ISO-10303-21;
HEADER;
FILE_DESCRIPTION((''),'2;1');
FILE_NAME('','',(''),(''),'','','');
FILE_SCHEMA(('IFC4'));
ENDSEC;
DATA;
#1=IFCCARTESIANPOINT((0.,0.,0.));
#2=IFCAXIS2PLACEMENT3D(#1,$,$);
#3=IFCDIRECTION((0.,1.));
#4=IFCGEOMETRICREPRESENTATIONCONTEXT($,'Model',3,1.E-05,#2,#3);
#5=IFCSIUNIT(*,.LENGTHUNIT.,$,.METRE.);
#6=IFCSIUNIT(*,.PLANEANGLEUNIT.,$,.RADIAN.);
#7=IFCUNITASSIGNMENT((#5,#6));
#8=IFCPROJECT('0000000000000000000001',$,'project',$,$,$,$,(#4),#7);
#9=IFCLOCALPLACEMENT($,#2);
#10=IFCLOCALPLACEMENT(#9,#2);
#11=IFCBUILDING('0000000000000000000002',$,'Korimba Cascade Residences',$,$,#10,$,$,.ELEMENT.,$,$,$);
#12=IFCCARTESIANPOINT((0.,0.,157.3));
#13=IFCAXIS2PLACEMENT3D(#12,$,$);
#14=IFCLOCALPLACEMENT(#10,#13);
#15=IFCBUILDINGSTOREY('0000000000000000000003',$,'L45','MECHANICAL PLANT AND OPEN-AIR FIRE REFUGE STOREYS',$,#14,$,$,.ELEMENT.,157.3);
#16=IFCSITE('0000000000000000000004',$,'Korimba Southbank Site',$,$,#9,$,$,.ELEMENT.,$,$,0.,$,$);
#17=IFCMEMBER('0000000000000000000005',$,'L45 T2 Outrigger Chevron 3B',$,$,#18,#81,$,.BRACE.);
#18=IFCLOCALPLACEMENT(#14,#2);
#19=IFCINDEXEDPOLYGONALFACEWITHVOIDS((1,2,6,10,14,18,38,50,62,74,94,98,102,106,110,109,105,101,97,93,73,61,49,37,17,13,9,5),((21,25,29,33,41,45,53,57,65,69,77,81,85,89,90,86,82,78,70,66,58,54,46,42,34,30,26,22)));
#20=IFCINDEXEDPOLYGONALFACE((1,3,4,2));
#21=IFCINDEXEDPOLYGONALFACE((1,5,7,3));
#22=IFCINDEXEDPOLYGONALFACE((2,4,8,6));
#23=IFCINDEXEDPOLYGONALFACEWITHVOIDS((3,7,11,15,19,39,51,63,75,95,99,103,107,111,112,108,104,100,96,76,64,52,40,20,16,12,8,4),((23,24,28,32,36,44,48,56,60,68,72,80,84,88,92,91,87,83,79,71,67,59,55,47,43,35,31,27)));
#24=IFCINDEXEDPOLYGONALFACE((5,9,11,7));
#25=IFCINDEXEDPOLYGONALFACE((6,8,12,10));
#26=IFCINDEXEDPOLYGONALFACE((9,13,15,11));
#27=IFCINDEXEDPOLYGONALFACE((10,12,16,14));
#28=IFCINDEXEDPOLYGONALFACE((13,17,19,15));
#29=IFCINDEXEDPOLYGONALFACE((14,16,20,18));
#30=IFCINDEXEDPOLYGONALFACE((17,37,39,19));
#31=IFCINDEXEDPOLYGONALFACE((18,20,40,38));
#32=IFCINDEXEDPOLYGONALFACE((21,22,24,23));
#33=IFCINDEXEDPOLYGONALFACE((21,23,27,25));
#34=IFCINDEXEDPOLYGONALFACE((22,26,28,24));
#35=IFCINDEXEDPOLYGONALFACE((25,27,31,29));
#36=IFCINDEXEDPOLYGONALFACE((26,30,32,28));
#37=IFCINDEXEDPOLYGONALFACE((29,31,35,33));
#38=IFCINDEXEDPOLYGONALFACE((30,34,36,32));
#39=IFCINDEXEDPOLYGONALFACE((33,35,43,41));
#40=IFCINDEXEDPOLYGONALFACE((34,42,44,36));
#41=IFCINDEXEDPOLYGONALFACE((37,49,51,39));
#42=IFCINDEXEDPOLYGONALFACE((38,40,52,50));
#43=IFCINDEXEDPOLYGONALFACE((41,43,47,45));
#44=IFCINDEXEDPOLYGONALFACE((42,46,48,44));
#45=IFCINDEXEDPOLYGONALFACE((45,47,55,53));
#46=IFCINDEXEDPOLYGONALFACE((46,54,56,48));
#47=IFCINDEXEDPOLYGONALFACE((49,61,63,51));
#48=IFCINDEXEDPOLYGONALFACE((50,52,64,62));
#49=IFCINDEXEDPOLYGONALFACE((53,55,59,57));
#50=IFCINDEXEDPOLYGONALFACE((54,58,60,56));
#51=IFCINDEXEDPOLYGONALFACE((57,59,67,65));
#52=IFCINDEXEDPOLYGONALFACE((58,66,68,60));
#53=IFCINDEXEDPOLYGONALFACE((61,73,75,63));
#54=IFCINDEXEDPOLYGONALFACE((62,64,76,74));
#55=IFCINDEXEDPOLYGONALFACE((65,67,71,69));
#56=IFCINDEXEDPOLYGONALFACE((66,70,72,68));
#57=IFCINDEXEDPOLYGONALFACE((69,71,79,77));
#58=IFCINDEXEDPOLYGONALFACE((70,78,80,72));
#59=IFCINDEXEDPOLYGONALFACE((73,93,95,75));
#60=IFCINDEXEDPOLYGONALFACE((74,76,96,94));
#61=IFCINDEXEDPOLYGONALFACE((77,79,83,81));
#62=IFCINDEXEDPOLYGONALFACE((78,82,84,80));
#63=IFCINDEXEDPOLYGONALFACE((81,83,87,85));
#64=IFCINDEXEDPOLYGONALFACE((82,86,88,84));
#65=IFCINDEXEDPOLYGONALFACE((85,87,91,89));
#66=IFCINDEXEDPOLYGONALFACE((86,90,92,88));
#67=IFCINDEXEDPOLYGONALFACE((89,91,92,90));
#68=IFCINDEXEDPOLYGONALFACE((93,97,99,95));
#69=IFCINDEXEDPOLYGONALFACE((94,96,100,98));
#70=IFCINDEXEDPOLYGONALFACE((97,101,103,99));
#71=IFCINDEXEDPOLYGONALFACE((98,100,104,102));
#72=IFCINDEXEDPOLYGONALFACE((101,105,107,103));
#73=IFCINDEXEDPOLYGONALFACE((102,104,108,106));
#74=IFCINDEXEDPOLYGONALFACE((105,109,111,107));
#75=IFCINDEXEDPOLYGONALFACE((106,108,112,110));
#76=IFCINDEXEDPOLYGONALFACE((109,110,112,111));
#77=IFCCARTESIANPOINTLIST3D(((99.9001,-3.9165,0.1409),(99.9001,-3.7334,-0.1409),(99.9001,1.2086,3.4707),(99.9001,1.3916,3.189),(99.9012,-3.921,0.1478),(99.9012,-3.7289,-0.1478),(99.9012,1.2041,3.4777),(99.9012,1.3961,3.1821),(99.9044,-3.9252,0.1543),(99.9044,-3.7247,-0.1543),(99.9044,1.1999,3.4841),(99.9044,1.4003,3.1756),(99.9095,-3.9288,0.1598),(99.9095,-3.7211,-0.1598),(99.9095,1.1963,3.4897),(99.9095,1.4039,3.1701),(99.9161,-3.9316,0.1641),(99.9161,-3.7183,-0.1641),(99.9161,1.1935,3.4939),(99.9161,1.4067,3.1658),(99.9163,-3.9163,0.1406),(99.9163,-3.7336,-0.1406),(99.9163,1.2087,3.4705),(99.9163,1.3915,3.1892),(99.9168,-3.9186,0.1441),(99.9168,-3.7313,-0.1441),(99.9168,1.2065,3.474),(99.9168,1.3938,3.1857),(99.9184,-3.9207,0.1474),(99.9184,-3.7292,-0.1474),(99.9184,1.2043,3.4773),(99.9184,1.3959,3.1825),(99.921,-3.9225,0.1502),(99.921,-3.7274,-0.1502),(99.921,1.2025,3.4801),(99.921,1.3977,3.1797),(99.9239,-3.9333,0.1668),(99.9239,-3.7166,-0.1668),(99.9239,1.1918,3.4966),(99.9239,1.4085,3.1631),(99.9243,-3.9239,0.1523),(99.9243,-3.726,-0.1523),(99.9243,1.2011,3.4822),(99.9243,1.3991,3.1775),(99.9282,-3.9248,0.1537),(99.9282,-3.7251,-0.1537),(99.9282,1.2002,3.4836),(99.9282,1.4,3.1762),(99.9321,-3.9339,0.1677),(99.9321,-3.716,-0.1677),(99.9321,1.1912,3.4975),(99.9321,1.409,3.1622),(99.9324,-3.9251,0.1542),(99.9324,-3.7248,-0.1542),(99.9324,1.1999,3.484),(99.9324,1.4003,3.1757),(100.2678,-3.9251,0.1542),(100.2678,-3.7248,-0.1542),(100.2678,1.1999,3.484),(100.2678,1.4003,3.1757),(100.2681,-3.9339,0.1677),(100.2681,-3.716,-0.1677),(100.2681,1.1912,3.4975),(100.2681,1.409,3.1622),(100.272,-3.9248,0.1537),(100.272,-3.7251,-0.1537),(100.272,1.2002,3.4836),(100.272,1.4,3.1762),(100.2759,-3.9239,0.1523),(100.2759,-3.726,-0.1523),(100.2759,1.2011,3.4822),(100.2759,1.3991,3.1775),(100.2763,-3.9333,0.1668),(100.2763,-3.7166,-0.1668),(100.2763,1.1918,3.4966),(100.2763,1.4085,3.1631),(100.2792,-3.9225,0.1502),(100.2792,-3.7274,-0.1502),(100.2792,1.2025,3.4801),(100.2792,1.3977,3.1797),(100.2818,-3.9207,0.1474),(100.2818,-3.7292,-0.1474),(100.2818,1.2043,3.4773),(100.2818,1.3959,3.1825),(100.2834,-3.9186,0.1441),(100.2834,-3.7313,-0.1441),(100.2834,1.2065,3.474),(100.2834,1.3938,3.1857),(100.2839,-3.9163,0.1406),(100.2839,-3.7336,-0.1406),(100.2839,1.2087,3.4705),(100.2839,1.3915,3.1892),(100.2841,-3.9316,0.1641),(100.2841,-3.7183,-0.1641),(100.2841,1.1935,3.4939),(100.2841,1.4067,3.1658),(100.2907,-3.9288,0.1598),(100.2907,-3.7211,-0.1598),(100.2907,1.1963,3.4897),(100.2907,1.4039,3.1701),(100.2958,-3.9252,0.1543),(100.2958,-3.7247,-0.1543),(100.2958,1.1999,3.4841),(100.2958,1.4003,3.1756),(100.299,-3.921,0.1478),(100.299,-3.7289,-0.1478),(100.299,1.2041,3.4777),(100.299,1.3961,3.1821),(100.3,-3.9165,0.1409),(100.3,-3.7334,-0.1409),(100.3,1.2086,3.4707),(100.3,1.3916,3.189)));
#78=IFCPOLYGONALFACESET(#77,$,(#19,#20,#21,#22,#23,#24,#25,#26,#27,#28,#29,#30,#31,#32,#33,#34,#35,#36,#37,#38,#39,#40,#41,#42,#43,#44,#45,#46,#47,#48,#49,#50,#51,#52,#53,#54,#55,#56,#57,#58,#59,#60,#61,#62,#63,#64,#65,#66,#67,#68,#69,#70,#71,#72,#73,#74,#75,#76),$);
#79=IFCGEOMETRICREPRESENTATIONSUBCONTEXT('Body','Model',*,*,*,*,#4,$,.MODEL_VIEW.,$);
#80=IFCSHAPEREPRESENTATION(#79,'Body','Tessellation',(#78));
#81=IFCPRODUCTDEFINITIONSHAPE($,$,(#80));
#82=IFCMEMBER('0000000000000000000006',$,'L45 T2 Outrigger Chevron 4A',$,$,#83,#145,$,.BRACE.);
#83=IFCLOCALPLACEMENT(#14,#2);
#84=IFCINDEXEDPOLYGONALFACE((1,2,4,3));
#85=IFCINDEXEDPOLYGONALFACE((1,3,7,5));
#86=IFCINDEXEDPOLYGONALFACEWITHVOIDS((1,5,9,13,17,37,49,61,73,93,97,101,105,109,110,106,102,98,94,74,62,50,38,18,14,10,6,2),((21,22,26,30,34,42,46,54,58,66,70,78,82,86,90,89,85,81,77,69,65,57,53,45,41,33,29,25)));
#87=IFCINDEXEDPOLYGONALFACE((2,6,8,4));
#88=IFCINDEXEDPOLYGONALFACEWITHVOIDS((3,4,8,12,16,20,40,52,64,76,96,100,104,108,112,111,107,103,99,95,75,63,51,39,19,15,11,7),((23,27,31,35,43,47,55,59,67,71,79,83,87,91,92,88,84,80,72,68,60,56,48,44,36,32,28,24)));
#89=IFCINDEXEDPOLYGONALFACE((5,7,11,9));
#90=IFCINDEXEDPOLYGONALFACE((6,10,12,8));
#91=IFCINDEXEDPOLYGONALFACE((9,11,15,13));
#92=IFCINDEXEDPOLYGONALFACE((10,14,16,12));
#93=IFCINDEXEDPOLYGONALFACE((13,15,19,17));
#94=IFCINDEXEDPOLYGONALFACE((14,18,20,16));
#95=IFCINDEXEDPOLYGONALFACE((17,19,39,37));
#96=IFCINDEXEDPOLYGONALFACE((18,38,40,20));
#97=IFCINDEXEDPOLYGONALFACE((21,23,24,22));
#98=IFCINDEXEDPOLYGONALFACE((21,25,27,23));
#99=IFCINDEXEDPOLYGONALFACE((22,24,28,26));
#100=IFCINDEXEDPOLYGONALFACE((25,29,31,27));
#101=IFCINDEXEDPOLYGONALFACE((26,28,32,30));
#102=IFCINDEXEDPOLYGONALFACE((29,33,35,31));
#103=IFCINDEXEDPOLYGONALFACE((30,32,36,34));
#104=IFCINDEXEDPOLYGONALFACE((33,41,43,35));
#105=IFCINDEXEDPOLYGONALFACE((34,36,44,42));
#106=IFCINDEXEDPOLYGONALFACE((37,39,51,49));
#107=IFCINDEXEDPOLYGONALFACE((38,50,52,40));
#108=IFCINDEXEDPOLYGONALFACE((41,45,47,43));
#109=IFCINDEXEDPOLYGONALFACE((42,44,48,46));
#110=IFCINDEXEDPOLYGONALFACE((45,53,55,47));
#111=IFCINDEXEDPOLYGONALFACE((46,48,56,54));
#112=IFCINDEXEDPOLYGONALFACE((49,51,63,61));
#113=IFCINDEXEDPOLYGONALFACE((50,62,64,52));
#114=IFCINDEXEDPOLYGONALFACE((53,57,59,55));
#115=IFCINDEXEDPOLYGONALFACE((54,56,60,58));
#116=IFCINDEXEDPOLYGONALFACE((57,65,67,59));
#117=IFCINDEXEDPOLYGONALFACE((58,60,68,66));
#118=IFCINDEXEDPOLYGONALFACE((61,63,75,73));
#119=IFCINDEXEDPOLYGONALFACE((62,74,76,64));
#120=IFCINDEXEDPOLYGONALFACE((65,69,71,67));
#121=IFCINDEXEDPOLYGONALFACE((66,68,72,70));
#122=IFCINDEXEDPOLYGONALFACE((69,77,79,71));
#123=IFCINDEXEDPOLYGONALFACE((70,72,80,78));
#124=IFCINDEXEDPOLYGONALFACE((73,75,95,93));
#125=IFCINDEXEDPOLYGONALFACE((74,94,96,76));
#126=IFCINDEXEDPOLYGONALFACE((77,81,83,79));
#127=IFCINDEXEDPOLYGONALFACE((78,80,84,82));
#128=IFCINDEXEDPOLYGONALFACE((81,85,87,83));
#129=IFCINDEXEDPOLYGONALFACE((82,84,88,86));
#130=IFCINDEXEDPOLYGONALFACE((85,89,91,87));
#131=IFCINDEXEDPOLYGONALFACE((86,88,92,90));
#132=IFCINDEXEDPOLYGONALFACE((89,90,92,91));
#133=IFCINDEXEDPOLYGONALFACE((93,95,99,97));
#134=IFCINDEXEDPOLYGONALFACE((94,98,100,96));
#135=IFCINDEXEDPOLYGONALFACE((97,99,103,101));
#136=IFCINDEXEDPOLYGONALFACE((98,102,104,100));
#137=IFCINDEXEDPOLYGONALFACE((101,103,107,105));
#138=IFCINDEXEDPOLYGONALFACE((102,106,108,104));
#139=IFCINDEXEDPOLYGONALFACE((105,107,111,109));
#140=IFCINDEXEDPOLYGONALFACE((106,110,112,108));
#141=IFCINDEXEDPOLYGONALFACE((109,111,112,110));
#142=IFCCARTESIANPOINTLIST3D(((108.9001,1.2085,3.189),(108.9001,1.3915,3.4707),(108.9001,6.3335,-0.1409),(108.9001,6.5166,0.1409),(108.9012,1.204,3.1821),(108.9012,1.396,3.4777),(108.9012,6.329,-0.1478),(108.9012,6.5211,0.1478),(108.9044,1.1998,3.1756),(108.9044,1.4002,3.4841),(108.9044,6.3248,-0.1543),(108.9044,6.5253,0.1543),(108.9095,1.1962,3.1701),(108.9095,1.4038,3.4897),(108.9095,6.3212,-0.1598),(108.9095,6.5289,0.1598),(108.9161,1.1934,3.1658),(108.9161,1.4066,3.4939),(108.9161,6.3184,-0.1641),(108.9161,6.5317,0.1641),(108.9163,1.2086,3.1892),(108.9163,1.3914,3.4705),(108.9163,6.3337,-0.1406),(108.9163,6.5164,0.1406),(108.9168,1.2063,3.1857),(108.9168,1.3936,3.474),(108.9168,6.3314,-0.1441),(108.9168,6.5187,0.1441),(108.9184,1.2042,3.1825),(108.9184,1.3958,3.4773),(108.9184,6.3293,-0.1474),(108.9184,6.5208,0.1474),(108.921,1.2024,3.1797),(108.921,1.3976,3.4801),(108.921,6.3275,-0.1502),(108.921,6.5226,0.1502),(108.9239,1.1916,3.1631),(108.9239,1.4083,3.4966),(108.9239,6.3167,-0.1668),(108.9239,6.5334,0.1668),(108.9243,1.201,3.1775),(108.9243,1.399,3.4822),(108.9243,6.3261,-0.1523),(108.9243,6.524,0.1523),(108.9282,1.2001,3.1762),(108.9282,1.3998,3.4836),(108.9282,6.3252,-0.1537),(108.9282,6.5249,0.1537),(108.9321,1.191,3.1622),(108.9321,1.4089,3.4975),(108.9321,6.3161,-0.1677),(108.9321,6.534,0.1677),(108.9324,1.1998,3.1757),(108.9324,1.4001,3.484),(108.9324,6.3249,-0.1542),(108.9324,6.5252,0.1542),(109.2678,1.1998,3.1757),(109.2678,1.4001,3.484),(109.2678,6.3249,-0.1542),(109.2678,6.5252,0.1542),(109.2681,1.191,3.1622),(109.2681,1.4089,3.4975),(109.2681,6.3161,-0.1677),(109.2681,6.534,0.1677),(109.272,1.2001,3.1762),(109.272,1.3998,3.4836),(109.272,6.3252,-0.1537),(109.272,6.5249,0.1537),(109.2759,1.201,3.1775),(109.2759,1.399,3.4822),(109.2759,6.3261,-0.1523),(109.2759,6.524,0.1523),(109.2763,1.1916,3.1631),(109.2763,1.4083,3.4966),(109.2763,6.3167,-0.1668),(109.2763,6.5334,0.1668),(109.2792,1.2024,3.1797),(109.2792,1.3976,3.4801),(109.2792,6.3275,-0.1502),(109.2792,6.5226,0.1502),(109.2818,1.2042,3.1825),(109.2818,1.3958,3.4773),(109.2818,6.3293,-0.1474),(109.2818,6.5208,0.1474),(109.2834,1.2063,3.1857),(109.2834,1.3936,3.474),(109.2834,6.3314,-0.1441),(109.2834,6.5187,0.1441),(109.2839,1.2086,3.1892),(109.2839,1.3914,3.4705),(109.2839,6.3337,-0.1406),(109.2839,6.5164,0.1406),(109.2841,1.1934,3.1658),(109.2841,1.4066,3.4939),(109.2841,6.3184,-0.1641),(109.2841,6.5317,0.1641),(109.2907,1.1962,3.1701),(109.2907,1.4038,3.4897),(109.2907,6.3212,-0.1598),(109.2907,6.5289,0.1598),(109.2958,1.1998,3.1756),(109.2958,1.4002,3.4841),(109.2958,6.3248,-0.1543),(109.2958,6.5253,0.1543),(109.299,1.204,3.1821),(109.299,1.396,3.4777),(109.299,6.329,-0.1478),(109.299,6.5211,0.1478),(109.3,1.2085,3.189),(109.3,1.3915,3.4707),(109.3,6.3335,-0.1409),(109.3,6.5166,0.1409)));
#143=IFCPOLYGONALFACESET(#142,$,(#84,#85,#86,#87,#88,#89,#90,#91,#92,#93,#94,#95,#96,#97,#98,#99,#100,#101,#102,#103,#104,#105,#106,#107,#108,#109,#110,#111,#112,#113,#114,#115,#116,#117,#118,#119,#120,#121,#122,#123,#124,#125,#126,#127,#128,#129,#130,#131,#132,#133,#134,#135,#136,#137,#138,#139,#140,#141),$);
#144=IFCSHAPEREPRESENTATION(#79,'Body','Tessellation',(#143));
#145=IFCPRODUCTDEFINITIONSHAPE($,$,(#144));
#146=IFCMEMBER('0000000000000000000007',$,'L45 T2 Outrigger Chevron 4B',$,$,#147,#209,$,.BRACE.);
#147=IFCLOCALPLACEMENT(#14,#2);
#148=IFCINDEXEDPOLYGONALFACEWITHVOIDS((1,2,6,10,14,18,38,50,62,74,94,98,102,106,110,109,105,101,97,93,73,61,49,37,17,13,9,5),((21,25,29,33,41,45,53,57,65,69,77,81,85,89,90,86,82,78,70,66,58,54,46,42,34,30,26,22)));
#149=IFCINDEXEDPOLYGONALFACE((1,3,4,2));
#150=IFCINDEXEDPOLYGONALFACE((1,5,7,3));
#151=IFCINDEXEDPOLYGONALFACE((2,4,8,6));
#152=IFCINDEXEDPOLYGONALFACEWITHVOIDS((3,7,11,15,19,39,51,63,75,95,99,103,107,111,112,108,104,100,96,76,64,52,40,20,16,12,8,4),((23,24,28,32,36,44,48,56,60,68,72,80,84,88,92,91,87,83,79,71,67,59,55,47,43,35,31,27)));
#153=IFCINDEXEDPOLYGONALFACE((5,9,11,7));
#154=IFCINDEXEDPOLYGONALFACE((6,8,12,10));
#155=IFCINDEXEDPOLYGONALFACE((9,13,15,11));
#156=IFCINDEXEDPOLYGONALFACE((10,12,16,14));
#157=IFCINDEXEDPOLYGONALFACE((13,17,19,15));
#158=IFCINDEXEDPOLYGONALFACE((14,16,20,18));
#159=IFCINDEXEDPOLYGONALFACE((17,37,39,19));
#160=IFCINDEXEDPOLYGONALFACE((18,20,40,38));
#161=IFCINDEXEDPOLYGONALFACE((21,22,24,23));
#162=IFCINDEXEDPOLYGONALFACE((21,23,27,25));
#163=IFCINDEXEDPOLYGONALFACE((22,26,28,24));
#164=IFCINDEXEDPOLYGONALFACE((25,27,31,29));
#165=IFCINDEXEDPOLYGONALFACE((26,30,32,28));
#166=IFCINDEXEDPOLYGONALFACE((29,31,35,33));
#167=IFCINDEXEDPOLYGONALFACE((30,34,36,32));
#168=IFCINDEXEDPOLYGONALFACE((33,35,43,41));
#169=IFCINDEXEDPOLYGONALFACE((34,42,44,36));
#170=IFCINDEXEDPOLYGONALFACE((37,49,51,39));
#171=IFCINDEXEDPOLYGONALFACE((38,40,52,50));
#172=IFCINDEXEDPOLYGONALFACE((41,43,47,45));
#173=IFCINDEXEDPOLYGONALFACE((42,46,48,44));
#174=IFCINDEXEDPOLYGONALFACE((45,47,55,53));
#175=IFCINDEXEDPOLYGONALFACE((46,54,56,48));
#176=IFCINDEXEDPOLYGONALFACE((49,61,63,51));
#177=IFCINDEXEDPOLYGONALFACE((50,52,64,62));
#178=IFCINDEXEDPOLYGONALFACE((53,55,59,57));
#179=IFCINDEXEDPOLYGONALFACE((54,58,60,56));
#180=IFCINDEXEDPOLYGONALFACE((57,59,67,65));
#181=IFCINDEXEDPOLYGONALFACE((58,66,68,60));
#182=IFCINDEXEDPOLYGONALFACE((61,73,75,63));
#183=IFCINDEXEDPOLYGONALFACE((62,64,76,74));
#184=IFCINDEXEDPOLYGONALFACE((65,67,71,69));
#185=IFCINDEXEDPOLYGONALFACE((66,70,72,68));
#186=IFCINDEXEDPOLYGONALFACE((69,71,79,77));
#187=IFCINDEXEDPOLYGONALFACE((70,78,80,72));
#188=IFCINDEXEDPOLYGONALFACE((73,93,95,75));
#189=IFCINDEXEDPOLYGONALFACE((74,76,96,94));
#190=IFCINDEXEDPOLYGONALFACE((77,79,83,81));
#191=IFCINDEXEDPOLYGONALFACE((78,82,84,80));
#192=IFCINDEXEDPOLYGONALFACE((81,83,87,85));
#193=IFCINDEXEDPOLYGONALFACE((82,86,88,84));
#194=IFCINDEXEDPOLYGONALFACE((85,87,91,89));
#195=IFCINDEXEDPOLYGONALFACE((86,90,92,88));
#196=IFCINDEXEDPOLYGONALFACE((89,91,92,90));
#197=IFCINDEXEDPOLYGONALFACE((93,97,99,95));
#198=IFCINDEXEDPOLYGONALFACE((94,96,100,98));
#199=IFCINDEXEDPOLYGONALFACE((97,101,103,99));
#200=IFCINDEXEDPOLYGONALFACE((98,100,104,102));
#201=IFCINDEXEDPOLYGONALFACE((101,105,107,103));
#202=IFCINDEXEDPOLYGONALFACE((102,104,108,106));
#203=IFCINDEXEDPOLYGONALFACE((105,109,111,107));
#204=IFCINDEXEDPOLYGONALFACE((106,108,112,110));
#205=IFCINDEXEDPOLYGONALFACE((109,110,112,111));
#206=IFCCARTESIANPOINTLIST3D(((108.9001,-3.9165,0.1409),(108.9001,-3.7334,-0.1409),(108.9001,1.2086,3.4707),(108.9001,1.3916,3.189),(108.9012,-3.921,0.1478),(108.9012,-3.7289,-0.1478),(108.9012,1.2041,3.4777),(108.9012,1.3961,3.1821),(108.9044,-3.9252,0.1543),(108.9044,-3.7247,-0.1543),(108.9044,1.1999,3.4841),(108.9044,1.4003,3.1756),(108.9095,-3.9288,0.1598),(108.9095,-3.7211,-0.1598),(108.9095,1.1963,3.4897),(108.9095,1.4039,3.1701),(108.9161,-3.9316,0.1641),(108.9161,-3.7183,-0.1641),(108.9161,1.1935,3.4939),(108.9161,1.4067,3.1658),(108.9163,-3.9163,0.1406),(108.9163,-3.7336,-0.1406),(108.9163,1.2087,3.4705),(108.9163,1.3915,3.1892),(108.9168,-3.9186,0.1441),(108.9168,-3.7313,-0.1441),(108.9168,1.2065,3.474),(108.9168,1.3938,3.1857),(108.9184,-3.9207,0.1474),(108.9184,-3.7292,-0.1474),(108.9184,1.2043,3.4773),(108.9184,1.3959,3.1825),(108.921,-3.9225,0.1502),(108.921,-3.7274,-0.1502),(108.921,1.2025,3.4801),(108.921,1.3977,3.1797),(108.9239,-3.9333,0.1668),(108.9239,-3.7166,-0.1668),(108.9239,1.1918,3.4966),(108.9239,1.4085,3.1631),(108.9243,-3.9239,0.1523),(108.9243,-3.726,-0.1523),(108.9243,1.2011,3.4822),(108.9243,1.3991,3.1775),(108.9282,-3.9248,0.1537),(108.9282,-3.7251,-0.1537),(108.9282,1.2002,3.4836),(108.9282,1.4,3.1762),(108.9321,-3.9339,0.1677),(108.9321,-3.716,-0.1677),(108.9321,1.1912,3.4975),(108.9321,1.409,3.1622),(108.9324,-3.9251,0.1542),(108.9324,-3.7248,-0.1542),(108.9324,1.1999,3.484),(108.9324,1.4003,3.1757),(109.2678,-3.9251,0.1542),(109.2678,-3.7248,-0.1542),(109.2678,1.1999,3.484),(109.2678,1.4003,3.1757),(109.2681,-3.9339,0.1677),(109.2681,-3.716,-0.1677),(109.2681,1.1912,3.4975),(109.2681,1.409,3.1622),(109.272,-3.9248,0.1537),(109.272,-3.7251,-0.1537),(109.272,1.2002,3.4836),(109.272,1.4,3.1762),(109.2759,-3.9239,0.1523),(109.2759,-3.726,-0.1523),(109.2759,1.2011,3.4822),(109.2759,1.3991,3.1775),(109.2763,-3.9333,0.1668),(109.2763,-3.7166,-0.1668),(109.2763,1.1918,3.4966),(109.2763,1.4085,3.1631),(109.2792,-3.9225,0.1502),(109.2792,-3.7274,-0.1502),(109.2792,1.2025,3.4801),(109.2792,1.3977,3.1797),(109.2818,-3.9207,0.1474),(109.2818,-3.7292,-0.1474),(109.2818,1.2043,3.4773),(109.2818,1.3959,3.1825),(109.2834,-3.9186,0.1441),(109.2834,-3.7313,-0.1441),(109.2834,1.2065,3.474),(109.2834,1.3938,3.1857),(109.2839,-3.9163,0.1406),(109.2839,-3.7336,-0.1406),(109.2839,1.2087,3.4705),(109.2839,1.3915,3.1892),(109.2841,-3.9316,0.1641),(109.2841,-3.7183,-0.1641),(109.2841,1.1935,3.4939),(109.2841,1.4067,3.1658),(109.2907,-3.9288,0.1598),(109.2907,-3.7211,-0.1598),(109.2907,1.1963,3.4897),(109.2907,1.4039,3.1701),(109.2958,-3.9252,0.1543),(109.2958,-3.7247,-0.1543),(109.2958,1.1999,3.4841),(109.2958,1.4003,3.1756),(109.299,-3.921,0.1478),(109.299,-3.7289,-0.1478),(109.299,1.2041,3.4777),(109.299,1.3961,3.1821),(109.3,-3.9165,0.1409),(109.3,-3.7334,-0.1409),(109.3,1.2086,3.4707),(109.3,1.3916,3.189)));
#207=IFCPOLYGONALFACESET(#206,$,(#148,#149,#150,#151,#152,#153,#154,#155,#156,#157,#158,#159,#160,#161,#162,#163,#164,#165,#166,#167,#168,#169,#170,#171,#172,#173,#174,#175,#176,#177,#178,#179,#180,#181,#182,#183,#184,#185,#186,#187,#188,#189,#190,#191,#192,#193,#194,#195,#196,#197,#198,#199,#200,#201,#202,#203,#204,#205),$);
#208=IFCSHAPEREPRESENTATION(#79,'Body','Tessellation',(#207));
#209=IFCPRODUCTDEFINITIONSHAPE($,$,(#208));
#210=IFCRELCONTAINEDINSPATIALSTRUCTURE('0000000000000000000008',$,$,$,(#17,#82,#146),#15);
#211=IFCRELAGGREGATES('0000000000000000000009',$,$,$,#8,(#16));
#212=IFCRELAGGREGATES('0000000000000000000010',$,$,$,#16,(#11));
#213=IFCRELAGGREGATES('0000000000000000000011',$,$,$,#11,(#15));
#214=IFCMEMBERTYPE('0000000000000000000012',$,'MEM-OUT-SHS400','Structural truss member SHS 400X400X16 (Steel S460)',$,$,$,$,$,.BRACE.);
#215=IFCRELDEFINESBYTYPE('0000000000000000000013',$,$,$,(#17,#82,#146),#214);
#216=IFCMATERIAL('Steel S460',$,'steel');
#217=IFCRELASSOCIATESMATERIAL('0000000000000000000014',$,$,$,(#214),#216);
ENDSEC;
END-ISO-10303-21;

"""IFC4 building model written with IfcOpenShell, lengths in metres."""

from ifc_helpers import new_model, si_unit, direction, frame, origin, origin_2d, place, context, subcontext, project, spatial, hollow_rectangle, extrude, material, material_profile, profile_set, type_object, element, save


model = new_model("IFC4")

# Units and contexts
model_context = context("Model", 3, precision=1e-05, world=origin(), true_north=direction((0.0, 1.0)))
body_context = subcontext(model_context, "Body", "Model", "MODEL_VIEW")
ifc_project = project(units=[si_unit("LENGTHUNIT", "METRE"), si_unit("PLANEANGLEUNIT", "RADIAN")], contexts=[model_context])

# Site, building, storey
site_placement = place(None, origin())
site = spatial("IfcSite", under=ifc_project, at=site_placement, Name="Korimba Southbank Site", CompositionType="ELEMENT", RefElevation=0.0)
building_placement = place(site_placement, origin())
building = spatial("IfcBuilding", under=site, at=building_placement, Name="Korimba Cascade Residences", CompositionType="ELEMENT")
storey_placement = place(building_placement, frame((0.0, 0.0, 157.3)))
storey = spatial("IfcBuildingStorey", under=building, at=storey_placement, Name="L45", Description="MECHANICAL PLANT AND OPEN-AIR FIRE REFUGE STOREYS", CompositionType="ELEMENT", Elevation=157.3)

# Members
ifc_material_1 = material(Name="Steel S460", Category="steel")
ifc_material_profile_1 = material_profile(ifc_material_1, hollow_rectangle(XDim=0.3999, YDim=0.3999, WallThickness=0.0161, InnerFilletRadius=0.0161, OuterFilletRadius=0.032, at=origin_2d()), Name="Steel S460")
ifc_profile_set_1 = profile_set([ifc_material_profile_1], Name="Steel S460")
member_type = type_object("IfcMemberType", Name="MEM-OUT-SHS400", Description="Structural truss member SHS 400X400X16 (Steel S460)", PredefinedType="BRACE", material=ifc_profile_set_1)
for number, where, z_axis, x_axis, name in (
    (1, (100.1001, -3.825, 0.0), (0.0, 0.838549, 0.544825), (-1.0, 0.0, 0.0), "L45 T2 Outrigger Chevron 3B"),
    (2, (109.1001, 6.425, 0.0), (0.0, -0.838549, 0.544825), (1.0, 0.0, 0.0), "L45 T2 Outrigger Chevron 4A"),
    (3, (109.1001, -3.825, 0.0), (0.0, 0.838549, 0.544825), (-1.0, 0.0, 0.0), "L45 T2 Outrigger Chevron 4B"),
):
    element("IfcMember", number, at=place(storey_placement, frame(where, z_axis=z_axis, x_axis=x_axis)), inside=storey, type_object=member_type, Name=name, PredefinedType="BRACE", context=body_context, shape_type="SweptSolid", body=[
        extrude(hollow_rectangle(XDim=0.3999, YDim=0.3999, WallThickness=0.0161, InnerFilletRadius=0.0161, OuterFilletRadius=0.032, at=origin_2d()), origin(), (0.0, 0.0, 1.0), 6.1118),
    ])

save(model, "model.ifc")
